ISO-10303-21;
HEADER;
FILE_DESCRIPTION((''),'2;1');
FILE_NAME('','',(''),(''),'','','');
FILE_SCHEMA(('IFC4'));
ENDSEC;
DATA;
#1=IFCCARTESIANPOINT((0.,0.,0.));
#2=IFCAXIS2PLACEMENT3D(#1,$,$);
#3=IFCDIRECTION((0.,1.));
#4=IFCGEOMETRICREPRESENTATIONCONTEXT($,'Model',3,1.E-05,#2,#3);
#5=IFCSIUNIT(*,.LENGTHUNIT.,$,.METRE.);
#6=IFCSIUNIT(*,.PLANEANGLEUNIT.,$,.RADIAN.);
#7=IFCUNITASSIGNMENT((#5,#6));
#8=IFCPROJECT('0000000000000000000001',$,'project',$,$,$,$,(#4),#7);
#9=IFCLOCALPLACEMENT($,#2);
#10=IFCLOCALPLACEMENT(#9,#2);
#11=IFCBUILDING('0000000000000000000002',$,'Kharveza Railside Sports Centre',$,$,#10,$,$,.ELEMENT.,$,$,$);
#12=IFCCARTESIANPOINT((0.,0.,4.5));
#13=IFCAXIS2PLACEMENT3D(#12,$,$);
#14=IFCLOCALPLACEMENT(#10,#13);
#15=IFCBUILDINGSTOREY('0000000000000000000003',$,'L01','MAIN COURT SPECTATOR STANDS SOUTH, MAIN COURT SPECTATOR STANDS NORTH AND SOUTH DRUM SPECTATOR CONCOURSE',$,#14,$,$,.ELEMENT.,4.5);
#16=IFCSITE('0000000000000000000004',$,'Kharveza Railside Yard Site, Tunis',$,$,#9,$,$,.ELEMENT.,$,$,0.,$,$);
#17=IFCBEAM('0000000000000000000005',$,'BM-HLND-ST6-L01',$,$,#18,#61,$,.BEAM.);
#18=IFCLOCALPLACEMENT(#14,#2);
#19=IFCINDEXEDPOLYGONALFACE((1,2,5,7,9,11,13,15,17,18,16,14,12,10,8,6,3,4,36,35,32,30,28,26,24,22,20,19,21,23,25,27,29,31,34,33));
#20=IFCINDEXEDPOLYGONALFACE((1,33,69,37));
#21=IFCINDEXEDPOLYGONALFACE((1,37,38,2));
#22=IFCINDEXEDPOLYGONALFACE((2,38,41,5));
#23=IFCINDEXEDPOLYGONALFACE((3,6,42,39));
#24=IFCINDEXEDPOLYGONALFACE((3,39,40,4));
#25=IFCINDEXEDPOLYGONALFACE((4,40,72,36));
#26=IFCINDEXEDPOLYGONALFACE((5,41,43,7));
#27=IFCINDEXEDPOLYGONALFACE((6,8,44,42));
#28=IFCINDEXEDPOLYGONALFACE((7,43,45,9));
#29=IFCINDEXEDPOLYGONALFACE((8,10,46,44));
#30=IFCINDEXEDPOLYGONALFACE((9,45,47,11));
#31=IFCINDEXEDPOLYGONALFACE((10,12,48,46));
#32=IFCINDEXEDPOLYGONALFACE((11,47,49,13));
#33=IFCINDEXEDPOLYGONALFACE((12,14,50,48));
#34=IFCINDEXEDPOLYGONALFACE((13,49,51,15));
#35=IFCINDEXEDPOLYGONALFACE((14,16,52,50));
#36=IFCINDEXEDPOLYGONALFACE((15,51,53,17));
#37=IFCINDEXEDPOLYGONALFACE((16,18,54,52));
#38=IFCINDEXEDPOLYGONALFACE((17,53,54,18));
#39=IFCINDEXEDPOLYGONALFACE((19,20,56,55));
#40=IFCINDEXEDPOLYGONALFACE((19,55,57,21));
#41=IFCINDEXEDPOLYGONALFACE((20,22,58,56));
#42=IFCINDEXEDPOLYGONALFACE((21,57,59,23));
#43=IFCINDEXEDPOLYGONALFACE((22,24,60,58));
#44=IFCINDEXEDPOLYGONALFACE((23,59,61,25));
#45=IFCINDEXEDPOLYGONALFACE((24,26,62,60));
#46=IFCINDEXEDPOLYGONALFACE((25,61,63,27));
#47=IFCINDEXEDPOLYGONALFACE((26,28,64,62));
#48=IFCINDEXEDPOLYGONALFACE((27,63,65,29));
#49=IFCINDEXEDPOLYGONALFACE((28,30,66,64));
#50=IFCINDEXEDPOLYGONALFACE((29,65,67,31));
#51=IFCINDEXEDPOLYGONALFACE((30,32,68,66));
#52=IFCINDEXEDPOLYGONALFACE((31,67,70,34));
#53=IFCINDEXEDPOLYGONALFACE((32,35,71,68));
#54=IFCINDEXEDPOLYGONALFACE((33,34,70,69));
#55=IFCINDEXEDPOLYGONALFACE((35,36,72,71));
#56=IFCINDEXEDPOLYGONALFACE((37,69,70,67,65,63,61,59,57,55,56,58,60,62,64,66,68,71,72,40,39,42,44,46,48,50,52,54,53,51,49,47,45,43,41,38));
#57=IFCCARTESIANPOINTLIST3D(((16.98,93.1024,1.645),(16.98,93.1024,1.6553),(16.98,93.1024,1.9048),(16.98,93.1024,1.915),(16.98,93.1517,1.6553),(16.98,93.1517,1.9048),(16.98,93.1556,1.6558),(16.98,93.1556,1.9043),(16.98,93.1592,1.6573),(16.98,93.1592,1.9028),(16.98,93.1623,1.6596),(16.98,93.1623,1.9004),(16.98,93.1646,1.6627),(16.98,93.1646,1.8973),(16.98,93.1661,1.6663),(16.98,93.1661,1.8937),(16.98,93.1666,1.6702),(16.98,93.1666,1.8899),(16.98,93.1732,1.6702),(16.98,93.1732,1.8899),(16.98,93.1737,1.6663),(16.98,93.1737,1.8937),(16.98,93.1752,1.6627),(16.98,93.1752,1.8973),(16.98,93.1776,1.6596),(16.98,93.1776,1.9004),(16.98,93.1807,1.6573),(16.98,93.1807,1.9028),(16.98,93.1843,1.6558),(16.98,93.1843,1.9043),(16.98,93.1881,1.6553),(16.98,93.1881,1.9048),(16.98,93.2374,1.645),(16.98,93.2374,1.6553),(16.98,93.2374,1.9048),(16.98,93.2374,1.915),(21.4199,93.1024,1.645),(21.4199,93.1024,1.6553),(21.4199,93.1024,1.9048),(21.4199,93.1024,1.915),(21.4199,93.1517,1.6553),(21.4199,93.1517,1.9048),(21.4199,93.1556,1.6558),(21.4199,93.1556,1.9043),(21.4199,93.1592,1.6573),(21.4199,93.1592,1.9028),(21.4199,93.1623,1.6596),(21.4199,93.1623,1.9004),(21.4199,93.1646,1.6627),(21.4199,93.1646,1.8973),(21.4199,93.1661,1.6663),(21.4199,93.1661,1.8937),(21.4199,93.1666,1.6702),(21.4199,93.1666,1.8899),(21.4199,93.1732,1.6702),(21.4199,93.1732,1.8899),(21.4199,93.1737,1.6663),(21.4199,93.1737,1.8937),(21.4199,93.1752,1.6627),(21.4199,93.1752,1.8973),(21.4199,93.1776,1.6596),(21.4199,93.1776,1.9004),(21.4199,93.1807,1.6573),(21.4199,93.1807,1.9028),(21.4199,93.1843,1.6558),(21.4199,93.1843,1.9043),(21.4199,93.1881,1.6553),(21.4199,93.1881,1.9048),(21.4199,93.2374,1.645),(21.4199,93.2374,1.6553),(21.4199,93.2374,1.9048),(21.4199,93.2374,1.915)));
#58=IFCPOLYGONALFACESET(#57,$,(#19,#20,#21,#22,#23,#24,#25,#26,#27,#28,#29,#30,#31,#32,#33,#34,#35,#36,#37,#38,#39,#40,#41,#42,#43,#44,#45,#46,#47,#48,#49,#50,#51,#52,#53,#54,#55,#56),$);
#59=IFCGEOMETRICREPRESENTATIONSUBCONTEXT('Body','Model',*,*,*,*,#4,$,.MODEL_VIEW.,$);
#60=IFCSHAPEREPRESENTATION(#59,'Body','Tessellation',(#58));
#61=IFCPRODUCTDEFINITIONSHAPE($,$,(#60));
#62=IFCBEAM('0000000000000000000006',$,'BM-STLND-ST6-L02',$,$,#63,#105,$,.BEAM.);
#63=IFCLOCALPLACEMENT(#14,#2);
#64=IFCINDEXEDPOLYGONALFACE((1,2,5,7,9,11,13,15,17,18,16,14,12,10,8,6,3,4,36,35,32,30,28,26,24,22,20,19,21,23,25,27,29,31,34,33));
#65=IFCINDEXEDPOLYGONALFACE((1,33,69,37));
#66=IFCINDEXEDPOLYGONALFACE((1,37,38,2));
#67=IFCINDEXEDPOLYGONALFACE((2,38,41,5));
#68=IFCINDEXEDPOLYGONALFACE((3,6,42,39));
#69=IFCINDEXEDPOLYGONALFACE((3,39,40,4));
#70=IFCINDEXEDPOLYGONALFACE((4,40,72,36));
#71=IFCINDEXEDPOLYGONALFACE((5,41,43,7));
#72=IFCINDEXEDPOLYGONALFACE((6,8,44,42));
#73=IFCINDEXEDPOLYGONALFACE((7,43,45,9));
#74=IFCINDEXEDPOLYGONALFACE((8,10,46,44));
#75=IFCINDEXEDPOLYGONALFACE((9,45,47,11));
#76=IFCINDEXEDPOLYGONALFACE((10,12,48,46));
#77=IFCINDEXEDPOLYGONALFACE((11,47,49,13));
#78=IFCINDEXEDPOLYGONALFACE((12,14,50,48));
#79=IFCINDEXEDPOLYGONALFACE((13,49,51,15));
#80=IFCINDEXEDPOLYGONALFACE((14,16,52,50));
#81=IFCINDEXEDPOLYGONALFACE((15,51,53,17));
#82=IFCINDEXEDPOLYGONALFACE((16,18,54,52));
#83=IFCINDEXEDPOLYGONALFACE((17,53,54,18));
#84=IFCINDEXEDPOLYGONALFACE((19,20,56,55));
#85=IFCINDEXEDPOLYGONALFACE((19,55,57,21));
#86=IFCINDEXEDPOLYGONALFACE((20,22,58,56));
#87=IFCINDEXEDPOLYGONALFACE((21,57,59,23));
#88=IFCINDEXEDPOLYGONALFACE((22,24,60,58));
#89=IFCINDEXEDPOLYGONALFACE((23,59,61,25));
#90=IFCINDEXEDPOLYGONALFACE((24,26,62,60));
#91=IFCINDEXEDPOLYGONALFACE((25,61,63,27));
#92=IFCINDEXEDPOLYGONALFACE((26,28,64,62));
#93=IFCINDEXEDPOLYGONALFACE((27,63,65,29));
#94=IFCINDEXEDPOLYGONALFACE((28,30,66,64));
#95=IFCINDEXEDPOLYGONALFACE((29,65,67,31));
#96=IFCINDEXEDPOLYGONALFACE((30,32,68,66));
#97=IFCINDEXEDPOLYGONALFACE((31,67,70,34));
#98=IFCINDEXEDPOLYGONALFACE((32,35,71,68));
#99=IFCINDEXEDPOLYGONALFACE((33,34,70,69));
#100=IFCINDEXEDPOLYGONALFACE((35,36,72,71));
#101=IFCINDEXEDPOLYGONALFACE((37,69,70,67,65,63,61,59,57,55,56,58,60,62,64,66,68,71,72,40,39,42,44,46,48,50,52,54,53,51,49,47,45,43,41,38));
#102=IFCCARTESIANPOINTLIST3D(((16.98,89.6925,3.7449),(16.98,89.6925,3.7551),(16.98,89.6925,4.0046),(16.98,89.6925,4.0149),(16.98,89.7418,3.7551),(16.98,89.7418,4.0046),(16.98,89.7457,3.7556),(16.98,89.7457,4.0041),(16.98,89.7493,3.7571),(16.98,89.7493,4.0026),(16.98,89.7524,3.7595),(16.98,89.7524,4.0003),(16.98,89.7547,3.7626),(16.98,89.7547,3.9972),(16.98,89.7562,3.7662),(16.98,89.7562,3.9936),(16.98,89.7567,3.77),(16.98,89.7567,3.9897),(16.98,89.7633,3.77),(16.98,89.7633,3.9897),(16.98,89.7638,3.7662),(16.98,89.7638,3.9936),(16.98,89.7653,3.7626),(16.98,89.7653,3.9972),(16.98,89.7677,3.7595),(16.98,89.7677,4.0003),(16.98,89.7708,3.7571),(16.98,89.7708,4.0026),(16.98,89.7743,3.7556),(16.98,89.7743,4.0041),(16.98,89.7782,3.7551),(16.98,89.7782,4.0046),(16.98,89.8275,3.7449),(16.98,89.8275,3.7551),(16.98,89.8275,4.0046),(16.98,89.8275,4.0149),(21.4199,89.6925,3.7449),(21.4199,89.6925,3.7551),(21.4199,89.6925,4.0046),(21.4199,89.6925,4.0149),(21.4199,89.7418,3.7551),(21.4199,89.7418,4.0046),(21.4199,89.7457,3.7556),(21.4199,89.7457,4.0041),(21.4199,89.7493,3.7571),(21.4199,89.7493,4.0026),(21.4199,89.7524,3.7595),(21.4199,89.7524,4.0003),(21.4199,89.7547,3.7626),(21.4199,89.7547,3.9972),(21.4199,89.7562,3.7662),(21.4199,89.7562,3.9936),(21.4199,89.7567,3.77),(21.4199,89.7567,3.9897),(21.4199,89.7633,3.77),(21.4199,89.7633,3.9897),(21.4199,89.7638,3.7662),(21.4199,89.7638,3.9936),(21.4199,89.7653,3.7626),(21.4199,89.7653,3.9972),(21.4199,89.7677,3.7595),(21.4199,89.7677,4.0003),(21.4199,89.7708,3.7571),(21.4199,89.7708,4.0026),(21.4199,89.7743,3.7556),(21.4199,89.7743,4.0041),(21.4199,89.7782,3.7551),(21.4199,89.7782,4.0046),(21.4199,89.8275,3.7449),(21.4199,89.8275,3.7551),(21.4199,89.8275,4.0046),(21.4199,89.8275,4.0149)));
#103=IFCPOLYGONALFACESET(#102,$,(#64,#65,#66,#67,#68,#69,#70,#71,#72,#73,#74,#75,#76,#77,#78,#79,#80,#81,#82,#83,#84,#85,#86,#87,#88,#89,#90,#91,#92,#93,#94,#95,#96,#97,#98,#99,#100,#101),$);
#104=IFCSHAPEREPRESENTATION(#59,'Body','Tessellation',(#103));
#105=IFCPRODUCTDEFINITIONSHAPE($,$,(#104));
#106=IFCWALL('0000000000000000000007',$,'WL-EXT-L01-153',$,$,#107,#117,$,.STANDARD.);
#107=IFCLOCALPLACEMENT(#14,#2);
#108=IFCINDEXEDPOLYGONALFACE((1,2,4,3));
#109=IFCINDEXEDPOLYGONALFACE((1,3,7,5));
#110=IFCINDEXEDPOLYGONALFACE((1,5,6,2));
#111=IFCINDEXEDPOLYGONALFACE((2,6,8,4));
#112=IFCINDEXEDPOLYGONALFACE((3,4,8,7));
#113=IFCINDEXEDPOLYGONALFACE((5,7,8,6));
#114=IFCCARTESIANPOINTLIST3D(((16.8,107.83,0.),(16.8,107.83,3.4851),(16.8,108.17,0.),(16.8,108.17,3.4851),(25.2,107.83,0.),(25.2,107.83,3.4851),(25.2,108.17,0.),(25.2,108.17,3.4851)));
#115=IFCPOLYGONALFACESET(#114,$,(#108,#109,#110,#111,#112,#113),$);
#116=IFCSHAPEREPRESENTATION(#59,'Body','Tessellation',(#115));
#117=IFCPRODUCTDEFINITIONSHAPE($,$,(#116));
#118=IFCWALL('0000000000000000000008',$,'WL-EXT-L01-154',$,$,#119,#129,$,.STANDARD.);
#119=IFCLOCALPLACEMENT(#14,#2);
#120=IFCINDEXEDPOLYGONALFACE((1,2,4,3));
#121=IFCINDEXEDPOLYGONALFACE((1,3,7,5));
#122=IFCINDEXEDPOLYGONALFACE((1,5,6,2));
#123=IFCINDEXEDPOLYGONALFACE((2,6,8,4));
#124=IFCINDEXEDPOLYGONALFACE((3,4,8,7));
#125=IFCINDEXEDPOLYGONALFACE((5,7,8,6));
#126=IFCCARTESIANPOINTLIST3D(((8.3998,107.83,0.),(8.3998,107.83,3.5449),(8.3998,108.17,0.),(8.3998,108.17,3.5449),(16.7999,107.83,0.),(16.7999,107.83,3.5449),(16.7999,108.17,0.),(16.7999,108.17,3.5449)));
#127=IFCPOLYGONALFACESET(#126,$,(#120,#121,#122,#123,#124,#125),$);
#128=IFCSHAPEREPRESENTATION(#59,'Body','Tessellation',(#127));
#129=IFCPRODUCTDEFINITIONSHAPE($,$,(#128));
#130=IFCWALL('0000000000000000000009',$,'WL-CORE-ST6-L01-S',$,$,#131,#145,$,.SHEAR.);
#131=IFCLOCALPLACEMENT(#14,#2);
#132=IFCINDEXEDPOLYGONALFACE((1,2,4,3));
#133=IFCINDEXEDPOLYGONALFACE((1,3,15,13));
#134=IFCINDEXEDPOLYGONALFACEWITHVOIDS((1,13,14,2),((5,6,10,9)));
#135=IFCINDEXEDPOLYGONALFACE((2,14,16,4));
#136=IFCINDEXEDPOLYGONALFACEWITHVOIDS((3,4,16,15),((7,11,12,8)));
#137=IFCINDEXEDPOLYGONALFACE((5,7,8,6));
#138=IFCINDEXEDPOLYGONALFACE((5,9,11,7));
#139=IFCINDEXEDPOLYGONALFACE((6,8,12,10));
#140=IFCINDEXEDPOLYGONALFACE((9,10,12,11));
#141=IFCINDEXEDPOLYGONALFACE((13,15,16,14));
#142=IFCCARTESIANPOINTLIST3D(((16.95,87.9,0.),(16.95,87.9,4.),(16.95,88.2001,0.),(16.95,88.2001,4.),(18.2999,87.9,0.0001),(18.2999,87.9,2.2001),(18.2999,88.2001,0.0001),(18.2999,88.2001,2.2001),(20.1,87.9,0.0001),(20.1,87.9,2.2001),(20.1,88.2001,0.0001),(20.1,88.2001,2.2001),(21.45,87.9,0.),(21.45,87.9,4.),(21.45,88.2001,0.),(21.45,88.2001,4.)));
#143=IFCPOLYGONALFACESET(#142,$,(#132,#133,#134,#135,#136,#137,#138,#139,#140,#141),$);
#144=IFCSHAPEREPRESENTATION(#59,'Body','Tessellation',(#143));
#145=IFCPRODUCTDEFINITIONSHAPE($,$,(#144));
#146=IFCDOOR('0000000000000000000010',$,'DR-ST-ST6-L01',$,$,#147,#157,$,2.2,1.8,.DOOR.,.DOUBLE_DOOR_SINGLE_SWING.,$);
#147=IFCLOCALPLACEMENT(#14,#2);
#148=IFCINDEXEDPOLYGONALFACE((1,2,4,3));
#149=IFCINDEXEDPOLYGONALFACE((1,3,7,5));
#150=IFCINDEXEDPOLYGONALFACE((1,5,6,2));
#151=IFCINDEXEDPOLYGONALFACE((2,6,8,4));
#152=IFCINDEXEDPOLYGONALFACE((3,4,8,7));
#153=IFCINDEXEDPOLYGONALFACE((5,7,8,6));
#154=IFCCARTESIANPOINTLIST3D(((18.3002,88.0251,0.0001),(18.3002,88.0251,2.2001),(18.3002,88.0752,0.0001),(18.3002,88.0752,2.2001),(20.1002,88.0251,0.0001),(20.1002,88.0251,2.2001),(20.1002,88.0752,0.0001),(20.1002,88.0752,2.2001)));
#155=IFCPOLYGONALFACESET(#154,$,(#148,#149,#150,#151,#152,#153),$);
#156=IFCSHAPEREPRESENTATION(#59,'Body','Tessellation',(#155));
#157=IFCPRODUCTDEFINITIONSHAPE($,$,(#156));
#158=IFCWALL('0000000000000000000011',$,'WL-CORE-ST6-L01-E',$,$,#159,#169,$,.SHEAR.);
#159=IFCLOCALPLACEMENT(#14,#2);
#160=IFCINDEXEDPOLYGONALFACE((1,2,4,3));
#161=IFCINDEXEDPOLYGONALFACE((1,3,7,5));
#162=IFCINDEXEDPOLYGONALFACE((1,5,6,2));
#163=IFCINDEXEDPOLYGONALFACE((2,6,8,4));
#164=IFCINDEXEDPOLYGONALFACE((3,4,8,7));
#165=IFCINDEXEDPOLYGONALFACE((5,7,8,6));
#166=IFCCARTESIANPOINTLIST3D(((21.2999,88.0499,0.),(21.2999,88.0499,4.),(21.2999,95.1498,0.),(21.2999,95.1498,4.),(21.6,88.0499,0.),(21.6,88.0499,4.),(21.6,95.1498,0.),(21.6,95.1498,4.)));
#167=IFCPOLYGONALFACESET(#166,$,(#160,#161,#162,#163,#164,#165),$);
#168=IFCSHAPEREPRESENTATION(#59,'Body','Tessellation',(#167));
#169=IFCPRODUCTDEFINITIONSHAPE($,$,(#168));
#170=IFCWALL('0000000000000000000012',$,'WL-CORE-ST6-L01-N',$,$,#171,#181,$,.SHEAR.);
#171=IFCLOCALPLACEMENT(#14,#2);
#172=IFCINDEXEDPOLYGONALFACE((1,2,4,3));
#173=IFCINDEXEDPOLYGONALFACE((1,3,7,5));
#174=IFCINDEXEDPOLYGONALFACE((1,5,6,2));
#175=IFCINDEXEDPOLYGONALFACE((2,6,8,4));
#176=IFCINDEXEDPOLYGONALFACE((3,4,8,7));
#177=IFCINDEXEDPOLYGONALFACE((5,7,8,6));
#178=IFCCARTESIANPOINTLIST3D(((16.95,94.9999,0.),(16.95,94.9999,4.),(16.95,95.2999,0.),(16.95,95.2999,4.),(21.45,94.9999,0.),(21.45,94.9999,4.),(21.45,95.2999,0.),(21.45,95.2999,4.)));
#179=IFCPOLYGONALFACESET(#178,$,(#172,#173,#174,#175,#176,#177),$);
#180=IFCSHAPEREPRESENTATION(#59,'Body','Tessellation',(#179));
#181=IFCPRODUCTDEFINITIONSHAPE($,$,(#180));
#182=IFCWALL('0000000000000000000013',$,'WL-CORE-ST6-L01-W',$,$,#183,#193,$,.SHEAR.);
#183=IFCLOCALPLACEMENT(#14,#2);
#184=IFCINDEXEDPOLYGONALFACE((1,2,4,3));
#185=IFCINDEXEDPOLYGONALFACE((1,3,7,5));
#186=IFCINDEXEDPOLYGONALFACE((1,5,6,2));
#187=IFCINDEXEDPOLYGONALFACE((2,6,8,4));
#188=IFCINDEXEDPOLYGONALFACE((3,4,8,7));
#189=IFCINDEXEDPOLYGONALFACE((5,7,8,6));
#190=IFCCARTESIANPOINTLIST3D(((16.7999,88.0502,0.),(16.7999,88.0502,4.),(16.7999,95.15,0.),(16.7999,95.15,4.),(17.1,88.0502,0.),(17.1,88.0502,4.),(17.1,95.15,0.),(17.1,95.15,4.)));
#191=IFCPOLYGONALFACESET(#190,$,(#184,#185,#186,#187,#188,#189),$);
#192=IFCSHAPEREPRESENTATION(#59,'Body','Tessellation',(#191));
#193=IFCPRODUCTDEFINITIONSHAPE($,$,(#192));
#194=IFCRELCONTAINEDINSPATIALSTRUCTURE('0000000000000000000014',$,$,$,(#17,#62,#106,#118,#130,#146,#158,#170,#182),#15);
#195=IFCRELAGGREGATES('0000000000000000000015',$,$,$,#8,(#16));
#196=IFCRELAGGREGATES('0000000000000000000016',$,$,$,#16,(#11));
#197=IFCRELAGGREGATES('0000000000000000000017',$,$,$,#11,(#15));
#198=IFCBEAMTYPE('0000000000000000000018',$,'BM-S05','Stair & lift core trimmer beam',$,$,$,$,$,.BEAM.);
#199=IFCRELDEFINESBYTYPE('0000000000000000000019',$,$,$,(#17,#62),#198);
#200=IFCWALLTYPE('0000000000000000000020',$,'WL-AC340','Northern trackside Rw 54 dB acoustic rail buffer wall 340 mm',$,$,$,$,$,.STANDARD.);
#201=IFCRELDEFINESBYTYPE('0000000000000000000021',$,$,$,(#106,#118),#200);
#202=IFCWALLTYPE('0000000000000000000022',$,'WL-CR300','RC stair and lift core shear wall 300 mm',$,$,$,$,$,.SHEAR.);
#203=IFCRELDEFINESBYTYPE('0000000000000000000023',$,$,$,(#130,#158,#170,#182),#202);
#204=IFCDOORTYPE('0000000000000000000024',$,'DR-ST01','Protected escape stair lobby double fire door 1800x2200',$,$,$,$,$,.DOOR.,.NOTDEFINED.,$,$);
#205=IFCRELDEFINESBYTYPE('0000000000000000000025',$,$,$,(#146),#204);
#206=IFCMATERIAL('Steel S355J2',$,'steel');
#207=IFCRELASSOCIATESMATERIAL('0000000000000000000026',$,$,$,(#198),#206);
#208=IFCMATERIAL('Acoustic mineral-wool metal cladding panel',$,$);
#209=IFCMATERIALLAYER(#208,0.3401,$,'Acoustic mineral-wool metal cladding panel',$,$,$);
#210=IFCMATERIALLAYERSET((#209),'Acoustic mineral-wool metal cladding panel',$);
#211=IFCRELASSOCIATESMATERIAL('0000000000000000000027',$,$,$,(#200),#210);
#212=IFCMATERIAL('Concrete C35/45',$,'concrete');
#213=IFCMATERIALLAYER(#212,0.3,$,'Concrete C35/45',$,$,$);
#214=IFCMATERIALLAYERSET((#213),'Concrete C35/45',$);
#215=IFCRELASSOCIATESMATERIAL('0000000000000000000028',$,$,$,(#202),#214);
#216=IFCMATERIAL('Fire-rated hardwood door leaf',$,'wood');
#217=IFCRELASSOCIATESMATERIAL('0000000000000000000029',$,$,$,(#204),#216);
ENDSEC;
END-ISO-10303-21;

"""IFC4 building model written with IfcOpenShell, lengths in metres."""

from ifc_helpers import new_model, si_unit, direction, frame, frame_2d, origin, origin_2d, place, context, subcontext, project, spatial, rectangle, i_section, extrude, material, layer, layer_set, material_profile, profile_set, type_object, element, fill, save


model = new_model("IFC4")

# Units and contexts
model_context = context("Model", 3, precision=1e-05, world=origin(), true_north=direction((0.0, 1.0)))
body_context = subcontext(model_context, "Body", "Model", "MODEL_VIEW")
ifc_project = project(units=[si_unit("LENGTHUNIT", "METRE"), si_unit("PLANEANGLEUNIT", "RADIAN")], contexts=[model_context])

# Site, building, storey
site_placement = place(None, origin())
site = spatial("IfcSite", under=ifc_project, at=site_placement, Name="Kharveza Railside Yard Site, Tunis", CompositionType="ELEMENT", RefElevation=0.0)
building_placement = place(site_placement, origin())
building = spatial("IfcBuilding", under=site, at=building_placement, Name="Kharveza Railside Sports Centre", CompositionType="ELEMENT")
storey_placement = place(building_placement, frame((0.0, 0.0, 4.5)))
storey = spatial("IfcBuildingStorey", under=building, at=storey_placement, Name="L01", Description="MAIN COURT SPECTATOR STANDS SOUTH, MAIN COURT SPECTATOR STANDS NORTH AND SOUTH DRUM SPECTATOR CONCOURSE", CompositionType="ELEMENT", Elevation=4.5)

# Shared definitions
ifc_material_1 = material(Name="Steel S355J2", Category="steel")

# Beams
ifc_material_profile_1 = material_profile(ifc_material_1, i_section(OverallWidth=0.135, OverallDepth=0.27, WebThickness=0.0066, FlangeThickness=0.0103, FilletRadius=0.0149, at=origin_2d()), Name="IPE 270")
ifc_profile_set_1 = profile_set([ifc_material_profile_1], Name="Steel S355J2")
beam_type_1 = type_object("IfcBeamType", Name="BM-S05", Description="Stair & lift core trimmer beam", PredefinedType="BEAM", material=ifc_profile_set_1)
for number, where, z_axis, x_axis, name in (
    (1, (16.98, 93.1699, 1.78), (1.0, 0.0, 0.0), (0.0, 1.0, 0.0), "BM-HLND-ST6-L01"),
    (2, (16.98, 89.76, 3.8799), (1.0, 0.0, 0.0), (0.0, 1.0, 0.0), "BM-STLND-ST6-L02"),
):
    element("IfcBeam", number, at=place(storey_placement, frame(where, z_axis=z_axis, x_axis=x_axis)), inside=storey, type_object=beam_type_1, Name=name, PredefinedType="BEAM", context=body_context, shape_type="SweptSolid", body=[
        extrude(i_section(OverallWidth=0.135, OverallDepth=0.27, WebThickness=0.0066, FlangeThickness=0.0103, FilletRadius=0.0149, at=origin_2d()), origin(), (0.0, 0.0, 1.0), 4.4399),
    ])

# Walls
ifc_material_2 = material(Name="Acoustic mineral-wool metal cladding panel")
ifc_layer_1 = layer(ifc_material_2, 0.3401, Name="Acoustic mineral-wool metal cladding panel")
ifc_layer_set_1 = layer_set([ifc_layer_1], Name="Acoustic mineral-wool metal cladding panel")
wall_type_1 = type_object("IfcWallType", Name="WL-AC340", Description="Northern trackside Rw 54 dB acoustic rail buffer wall 340 mm", PredefinedType="STANDARD", material=ifc_layer_set_1)
wall_1_placement = place(storey_placement, frame((25.2, 108.0, 0.0), z_axis=(0.0, 0.0, 1.0), x_axis=(-1.0, 0.0, 0.0)))
element("IfcWall", 3, at=wall_1_placement, inside=storey, type_object=wall_type_1, Name="WL-EXT-L01-153", PredefinedType="STANDARD", context=body_context, shape_type="SweptSolid", body=[
    extrude(rectangle(XDim=8.3999, YDim=0.3401, at=frame_2d((4.2, 0.0))), origin(), (0.0, 0.0, 1.0), 3.4851),
])
wall_2_placement = place(storey_placement, frame((16.8, 108.0, 0.0), z_axis=(0.0, 0.0, 1.0), x_axis=(-1.0, 0.0, 0.0)))
element("IfcWall", 4, at=wall_2_placement, inside=storey, type_object=wall_type_1, Name="WL-EXT-L01-154", PredefinedType="STANDARD", context=body_context, shape_type="SweptSolid", body=[
    extrude(rectangle(XDim=8.4001, YDim=0.3401, at=frame_2d((4.2002, 0.0))), origin(), (0.0, 0.0, 1.0), 3.5449),
])

# Wall, opening, door
ifc_material_3 = material(Name="Concrete C35/45", Category="concrete")
ifc_layer_2 = layer(ifc_material_3, 0.3, Name="Concrete C35/45")
ifc_layer_set_2 = layer_set([ifc_layer_2], Name="Concrete C35/45")
wall_type_2 = type_object("IfcWallType", Name="WL-CR300", Description="RC stair and lift core shear wall 300 mm", PredefinedType="SHEAR", material=ifc_layer_set_2)
wall_3_placement = place(storey_placement, frame((16.95, 88.05, 0.0), z_axis=(0.0, 0.0, 1.0), x_axis=(1.0, 0.0, 0.0)))
wall_3 = element("IfcWall", 5, at=wall_3_placement, inside=storey, type_object=wall_type_2, Name="WL-CORE-ST6-L01-S", PredefinedType="SHEAR", context=body_context, shape_type="SweptSolid", body=[
    extrude(rectangle(XDim=4.5, YDim=0.3, at=frame_2d((2.25, 0.0))), origin(), (0.0, 0.0, 1.0), 4.0),
])
opening_1_placement = place(wall_3_placement, frame((1.3501, 0.0, 0.0)))
opening_1 = element("IfcOpeningElement", 6, at=opening_1_placement, cuts=wall_3, PredefinedType="OPENING", context=body_context, shape_type="SweptSolid", body=[
    extrude(rectangle(XDim=1.8, YDim=2.2, at=frame_2d((0.8999, 1.1001))), frame((0.0, 0.1748, 0.0), z_axis=(0.0, -1.0, 0.0), x_axis=(1.0, 0.0, 0.0)), (0.0, 0.0, 1.0), 0.3499),
])
ifc_material_4 = material(Name="Fire-rated hardwood door leaf", Category="wood")
door_type = type_object("IfcDoorType", Name="DR-ST01", Description="Protected escape stair lobby double fire door 1800x2200", OperationType="NOTDEFINED", PredefinedType="DOOR", material=ifc_material_4)
door_placement = place(opening_1_placement, frame((1.8, 0.0, 0.0), z_axis=(0.0, 0.0, 1.0), x_axis=(-1.0, 0.0, 0.0)))
door = element("IfcDoor", 7, at=door_placement, inside=storey, type_object=door_type, Name="DR-ST-ST6-L01", OperationType="DOUBLE_DOOR_SINGLE_SWING", OverallHeight=2.2, OverallWidth=1.8, PredefinedType="DOOR", context=body_context, shape_type="SweptSolid", body=[
    extrude(rectangle(XDim=1.8, YDim=2.2, at=frame_2d((0.8999, 1.1001))), frame((0.0, 0.0249, 0.0), z_axis=(0.0, -1.0, 0.0), x_axis=(1.0, 0.0, 0.0)), (0.0, 0.0, 1.0), 0.05),
])
fill(opening_1, door)

# Walls
wall_4_placement = place(storey_placement, frame((21.45, 88.05, 0.0), z_axis=(0.0, 0.0, 1.0), x_axis=(0.0, 1.0, 0.0)))
element("IfcWall", 8, at=wall_4_placement, inside=storey, type_object=wall_type_2, Name="WL-CORE-ST6-L01-E", PredefinedType="SHEAR", context=body_context, shape_type="SweptSolid", body=[
    extrude(rectangle(XDim=7.0999, YDim=0.3, at=frame_2d((3.5498, 0.0))), origin(), (0.0, 0.0, 1.0), 4.0),
])
wall_5_placement = place(storey_placement, frame((21.45, 95.1499, 0.0), z_axis=(0.0, 0.0, 1.0), x_axis=(-1.0, 0.0, 0.0)))
element("IfcWall", 9, at=wall_5_placement, inside=storey, type_object=wall_type_2, Name="WL-CORE-ST6-L01-N", PredefinedType="SHEAR", context=body_context, shape_type="SweptSolid", body=[
    extrude(rectangle(XDim=4.5, YDim=0.3, at=frame_2d((2.25, 0.0))), origin(), (0.0, 0.0, 1.0), 4.0),
])
wall_6_placement = place(storey_placement, frame((16.95, 95.1499, 0.0), z_axis=(0.0, 0.0, 1.0), x_axis=(0.0, -1.0, 0.0)))
element("IfcWall", 10, at=wall_6_placement, inside=storey, type_object=wall_type_2, Name="WL-CORE-ST6-L01-W", PredefinedType="SHEAR", context=body_context, shape_type="SweptSolid", body=[
    extrude(rectangle(XDim=7.0999, YDim=0.3, at=frame_2d((3.5498, 0.0))), origin(), (0.0, 0.0, 1.0), 4.0),
])

save(model, "model.ifc")
